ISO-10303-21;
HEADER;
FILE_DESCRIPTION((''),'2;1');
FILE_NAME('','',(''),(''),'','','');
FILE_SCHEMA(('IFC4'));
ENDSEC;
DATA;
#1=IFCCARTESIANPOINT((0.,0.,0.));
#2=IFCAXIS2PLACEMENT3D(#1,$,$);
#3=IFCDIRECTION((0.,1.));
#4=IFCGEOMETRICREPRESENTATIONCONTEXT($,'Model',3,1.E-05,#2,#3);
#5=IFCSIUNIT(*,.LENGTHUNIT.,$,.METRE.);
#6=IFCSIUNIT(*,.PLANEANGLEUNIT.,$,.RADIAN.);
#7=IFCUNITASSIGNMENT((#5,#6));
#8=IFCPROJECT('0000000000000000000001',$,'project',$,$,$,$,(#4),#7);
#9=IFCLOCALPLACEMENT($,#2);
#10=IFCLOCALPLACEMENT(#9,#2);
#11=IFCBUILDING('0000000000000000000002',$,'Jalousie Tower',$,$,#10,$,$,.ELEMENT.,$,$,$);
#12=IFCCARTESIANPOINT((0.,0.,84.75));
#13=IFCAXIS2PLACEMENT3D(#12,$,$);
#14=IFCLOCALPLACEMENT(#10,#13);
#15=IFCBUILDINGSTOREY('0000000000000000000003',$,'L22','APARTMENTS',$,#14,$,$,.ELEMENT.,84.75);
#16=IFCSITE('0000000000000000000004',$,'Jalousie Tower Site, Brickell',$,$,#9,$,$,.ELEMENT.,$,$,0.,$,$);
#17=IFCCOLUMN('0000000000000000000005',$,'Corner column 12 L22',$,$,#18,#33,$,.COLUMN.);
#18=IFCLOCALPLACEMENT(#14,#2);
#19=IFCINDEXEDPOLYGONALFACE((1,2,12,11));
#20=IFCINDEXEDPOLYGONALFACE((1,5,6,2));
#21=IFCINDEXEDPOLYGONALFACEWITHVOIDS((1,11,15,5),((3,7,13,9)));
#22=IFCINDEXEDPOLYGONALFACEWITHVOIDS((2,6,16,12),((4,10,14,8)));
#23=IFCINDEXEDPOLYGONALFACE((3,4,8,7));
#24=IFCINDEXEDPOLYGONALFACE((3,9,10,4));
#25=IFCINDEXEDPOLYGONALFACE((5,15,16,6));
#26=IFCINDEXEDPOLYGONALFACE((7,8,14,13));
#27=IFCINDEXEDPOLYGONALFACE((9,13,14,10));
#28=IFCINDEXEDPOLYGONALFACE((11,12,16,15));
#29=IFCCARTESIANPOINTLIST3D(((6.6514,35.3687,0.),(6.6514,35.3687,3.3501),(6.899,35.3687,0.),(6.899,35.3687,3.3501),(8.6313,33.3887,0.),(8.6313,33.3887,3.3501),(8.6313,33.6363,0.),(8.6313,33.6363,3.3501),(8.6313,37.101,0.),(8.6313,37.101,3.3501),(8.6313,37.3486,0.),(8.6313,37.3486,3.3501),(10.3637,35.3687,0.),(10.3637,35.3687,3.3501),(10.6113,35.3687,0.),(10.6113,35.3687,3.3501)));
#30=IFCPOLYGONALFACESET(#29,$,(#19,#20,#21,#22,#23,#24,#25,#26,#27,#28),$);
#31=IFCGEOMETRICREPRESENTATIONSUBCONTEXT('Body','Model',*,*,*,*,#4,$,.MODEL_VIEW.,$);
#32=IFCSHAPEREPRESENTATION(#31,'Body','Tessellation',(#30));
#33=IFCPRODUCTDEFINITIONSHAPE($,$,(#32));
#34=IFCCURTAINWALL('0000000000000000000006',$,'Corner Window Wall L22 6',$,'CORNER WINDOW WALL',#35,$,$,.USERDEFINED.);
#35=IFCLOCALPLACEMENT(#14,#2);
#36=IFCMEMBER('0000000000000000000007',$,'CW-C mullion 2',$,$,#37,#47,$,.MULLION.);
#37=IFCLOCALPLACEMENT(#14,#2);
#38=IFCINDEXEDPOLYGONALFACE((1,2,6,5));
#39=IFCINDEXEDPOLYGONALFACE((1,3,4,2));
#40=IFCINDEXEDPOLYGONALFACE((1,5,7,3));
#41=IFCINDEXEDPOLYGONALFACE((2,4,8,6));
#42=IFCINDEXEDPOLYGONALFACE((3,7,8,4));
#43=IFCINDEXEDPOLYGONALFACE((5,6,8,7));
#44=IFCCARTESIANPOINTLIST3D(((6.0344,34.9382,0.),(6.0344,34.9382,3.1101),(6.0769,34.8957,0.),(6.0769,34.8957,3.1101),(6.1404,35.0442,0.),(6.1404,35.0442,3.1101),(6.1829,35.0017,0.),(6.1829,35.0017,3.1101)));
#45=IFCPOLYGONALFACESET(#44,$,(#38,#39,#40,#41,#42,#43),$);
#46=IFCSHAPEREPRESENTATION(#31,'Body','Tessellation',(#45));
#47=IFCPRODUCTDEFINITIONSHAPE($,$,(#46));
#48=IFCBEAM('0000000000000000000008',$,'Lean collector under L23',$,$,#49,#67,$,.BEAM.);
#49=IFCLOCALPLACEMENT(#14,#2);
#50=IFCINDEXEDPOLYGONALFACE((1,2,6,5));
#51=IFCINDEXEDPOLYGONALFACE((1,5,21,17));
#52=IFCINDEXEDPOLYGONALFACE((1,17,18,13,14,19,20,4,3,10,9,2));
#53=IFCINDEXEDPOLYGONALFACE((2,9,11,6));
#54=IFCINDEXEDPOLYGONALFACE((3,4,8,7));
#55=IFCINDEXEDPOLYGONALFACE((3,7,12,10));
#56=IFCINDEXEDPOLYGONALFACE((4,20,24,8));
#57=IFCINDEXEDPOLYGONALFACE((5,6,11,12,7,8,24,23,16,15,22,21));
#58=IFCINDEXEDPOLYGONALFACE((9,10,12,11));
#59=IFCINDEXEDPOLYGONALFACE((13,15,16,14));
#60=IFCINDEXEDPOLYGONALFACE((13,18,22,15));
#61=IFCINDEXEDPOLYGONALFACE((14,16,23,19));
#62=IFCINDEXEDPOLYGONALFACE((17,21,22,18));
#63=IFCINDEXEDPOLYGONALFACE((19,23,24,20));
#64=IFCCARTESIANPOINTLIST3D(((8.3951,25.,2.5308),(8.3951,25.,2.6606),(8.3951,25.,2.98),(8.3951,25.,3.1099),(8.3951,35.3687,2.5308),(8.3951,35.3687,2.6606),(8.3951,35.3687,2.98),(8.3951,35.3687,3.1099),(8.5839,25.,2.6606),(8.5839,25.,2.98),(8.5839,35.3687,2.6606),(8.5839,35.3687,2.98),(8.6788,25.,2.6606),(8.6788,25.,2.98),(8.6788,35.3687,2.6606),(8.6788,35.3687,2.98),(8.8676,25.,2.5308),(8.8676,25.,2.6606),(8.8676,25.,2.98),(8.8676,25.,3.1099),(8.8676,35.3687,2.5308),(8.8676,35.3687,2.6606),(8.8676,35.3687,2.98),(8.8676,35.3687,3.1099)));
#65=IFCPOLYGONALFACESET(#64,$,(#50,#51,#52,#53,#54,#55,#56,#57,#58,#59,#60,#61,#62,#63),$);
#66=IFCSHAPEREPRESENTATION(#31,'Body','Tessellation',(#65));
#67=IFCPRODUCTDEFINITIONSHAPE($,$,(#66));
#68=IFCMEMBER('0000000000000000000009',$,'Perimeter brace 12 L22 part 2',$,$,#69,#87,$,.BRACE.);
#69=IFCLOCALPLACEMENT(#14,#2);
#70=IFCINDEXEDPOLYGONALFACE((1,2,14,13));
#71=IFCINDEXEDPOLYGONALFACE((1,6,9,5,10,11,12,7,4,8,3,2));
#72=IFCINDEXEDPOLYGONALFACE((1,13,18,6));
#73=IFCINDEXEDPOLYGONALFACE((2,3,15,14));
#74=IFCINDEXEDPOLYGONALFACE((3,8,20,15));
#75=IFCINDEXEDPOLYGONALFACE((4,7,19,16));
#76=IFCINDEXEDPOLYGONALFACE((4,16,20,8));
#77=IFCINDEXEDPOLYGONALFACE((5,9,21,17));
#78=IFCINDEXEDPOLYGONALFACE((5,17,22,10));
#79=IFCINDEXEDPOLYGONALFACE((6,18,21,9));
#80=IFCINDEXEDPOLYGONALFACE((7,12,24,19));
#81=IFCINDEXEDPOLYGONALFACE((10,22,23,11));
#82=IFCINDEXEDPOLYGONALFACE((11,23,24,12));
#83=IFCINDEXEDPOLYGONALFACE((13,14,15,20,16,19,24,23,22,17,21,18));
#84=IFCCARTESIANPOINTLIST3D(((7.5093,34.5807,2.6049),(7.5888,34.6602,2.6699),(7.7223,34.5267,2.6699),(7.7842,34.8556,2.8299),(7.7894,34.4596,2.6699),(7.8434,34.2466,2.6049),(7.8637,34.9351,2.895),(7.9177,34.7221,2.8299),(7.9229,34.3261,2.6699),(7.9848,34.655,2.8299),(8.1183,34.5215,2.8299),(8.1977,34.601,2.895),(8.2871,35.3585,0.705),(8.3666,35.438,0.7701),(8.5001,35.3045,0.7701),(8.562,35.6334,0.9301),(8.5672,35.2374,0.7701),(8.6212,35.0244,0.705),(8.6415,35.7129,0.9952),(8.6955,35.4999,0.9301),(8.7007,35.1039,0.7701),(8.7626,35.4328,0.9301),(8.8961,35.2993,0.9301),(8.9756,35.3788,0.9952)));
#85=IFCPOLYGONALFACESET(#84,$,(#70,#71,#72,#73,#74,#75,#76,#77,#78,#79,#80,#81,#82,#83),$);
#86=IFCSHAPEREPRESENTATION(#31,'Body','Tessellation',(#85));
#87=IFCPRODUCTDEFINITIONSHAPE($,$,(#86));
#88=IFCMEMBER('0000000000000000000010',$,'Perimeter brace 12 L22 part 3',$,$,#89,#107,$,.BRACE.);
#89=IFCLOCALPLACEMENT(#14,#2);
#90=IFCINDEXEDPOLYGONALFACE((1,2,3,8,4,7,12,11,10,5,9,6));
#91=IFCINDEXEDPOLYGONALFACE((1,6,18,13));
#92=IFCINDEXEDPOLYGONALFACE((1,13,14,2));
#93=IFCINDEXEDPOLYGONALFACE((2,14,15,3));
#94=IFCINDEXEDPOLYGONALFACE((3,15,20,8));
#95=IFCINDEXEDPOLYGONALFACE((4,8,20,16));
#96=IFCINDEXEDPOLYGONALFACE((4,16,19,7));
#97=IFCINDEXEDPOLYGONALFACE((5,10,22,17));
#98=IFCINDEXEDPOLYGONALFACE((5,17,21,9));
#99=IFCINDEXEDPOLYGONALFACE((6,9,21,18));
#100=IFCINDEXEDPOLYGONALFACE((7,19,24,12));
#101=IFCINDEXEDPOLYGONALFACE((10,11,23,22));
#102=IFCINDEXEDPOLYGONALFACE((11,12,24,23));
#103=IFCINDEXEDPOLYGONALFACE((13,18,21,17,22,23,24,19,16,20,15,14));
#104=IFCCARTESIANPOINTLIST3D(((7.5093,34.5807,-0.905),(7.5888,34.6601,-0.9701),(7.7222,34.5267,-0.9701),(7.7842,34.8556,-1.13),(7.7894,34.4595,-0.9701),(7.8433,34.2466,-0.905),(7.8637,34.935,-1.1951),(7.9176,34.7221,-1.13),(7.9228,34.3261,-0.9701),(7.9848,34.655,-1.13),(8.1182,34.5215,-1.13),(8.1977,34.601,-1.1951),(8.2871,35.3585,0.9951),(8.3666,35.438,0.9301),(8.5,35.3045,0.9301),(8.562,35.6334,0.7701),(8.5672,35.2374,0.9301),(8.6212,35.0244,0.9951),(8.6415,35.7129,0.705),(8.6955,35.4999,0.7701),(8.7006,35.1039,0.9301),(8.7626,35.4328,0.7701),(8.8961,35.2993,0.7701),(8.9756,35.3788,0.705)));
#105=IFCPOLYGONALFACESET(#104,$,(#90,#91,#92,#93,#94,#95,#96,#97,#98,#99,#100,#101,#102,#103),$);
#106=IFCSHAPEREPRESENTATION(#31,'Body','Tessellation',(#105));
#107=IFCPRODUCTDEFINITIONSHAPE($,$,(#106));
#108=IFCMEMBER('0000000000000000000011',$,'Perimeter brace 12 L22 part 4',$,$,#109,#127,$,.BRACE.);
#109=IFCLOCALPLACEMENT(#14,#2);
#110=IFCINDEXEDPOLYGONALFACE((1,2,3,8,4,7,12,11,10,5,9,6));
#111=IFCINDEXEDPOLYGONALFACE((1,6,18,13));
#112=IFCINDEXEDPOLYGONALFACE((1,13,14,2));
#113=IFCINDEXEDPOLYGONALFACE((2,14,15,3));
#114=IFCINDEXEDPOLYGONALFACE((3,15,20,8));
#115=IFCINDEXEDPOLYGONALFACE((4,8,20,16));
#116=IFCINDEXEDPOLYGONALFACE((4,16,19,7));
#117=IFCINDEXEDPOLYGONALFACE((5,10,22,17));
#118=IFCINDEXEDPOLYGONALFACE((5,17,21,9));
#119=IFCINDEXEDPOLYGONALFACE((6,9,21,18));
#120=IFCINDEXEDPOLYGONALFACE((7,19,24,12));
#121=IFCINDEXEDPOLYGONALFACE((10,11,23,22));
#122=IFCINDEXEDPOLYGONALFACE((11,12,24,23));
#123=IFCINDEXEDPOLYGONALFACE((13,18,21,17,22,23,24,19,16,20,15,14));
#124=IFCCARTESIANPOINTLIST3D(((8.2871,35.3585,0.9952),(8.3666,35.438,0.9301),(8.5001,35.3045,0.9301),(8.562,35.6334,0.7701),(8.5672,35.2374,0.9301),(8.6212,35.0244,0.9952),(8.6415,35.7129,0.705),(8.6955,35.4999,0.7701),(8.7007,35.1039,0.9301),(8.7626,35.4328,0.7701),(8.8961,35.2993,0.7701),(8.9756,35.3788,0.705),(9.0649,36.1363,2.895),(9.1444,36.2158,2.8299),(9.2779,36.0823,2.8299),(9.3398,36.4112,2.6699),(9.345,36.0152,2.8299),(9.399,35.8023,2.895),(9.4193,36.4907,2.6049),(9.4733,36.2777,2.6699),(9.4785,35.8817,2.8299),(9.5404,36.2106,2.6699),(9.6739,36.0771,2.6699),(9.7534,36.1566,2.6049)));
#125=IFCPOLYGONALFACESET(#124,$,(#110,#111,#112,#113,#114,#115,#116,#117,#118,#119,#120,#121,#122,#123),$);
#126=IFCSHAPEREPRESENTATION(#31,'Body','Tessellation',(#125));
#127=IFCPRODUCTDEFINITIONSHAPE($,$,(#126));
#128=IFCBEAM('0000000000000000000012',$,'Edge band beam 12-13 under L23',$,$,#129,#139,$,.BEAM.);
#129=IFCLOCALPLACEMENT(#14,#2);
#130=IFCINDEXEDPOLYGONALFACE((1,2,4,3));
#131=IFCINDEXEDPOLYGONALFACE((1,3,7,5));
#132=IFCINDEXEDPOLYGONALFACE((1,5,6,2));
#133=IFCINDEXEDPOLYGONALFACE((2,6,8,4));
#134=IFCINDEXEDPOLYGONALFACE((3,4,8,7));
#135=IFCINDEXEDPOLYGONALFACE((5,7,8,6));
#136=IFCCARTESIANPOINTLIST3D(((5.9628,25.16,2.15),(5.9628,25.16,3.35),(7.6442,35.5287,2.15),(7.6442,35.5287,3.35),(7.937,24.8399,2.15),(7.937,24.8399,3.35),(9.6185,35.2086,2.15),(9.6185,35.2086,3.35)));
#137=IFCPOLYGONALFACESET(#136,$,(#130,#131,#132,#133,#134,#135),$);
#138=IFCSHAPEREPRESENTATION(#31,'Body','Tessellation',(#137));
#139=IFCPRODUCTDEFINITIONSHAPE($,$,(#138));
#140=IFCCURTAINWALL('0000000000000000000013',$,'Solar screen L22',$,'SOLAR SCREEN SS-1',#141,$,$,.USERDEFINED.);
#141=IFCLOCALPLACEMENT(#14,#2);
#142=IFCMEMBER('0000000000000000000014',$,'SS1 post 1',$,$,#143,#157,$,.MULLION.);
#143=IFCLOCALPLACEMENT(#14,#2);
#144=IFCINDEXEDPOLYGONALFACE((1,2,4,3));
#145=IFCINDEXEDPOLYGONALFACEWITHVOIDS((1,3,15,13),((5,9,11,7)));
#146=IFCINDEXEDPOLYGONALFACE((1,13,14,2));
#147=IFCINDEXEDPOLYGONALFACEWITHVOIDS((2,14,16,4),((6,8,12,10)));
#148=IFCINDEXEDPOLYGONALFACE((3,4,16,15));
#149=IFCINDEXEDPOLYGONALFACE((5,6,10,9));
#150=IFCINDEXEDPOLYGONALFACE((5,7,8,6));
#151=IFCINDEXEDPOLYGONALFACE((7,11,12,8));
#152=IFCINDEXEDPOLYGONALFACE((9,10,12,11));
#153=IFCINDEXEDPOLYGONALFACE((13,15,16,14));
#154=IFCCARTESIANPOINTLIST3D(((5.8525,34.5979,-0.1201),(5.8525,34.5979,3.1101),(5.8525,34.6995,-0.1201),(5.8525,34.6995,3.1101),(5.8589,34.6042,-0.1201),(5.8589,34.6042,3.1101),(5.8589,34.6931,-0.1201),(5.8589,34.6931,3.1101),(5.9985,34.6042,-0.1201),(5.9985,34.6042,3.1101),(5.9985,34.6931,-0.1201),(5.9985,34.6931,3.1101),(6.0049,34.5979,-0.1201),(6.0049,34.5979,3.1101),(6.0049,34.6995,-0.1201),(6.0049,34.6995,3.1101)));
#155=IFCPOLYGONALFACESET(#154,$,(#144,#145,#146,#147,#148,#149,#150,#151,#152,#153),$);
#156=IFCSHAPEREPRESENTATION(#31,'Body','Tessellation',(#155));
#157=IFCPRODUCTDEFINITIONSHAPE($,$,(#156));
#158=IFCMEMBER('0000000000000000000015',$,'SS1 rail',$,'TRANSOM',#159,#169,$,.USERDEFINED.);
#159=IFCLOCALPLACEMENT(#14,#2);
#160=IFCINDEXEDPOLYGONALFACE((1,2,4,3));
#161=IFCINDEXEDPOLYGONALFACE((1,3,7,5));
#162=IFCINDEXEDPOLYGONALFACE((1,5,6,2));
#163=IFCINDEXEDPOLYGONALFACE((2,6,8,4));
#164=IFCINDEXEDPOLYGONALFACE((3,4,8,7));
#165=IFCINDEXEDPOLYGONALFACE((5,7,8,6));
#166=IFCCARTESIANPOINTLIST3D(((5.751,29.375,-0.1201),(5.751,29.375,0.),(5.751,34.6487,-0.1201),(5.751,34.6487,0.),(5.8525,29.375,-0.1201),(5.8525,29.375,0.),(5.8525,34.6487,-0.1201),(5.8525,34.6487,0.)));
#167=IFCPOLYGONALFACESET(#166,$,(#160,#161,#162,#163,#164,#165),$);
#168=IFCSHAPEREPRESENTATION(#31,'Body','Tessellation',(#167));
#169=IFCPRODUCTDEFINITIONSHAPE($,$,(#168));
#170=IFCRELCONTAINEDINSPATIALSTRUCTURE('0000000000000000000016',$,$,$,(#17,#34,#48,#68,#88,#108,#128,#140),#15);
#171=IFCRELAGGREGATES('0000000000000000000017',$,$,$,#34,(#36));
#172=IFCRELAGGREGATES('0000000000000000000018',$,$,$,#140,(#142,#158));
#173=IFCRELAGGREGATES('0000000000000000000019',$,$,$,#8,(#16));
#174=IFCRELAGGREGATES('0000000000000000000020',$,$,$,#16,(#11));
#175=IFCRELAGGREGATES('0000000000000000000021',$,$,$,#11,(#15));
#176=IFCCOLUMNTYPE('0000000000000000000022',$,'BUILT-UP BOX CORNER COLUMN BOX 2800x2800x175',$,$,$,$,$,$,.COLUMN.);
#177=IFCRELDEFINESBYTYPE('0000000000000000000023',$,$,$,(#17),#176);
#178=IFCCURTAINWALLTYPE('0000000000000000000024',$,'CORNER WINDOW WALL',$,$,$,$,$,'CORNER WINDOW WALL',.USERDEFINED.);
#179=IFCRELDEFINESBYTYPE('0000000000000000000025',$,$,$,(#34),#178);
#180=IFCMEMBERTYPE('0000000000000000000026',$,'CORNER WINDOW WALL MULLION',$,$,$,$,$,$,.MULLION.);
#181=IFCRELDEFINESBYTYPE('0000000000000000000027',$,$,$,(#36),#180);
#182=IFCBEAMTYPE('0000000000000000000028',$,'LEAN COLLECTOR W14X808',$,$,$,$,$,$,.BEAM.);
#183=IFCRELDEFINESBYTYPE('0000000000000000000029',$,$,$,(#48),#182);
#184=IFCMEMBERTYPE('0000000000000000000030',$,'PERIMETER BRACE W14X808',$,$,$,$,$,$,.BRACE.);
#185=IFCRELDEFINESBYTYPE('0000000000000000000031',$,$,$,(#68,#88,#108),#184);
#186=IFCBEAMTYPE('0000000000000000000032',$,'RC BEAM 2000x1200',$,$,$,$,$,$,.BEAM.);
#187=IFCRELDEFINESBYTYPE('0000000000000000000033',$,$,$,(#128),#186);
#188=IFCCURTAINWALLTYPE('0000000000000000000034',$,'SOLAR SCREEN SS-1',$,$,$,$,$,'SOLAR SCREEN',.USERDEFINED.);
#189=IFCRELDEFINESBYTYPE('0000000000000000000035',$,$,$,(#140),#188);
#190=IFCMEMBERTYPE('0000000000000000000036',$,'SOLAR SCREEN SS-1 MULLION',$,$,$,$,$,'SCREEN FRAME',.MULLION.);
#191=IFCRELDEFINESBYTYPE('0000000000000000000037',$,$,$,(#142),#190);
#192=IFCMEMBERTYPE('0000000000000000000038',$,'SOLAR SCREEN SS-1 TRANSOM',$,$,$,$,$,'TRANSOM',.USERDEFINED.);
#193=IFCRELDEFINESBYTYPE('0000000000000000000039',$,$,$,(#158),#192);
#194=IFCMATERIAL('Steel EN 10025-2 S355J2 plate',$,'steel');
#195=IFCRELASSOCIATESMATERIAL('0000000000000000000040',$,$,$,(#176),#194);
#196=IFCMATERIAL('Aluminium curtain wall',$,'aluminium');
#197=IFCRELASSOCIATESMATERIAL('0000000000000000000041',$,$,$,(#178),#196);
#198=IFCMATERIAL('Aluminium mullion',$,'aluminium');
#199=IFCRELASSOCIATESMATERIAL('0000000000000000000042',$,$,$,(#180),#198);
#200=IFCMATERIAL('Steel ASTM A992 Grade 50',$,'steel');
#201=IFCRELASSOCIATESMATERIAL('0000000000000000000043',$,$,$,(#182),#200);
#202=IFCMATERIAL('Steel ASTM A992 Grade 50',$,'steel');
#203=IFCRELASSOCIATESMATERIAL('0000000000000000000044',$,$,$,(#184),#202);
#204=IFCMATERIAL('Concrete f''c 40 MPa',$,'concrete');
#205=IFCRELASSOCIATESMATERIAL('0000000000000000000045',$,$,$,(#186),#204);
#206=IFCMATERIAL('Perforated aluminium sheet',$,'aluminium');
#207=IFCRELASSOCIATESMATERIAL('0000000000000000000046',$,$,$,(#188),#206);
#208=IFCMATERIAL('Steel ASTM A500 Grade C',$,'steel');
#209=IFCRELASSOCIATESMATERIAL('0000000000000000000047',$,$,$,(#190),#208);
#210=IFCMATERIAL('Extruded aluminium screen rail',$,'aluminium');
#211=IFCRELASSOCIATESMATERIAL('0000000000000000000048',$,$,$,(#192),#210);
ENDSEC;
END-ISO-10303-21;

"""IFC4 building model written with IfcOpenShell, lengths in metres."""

from ifc_helpers import new_model, si_unit, direction, frame, origin, origin_2d, place, context, subcontext, project, spatial, rectangle, hollow_rectangle, i_section, extrude, material, material_profile, profile_set, type_object, element, aggregate, save


model = new_model("IFC4")

# Units and contexts
model_context = context("Model", 3, precision=1e-05, world=origin(), true_north=direction((0.0, 1.0)))
body_context = subcontext(model_context, "Body", "Model", "MODEL_VIEW")
ifc_project = project(units=[si_unit("LENGTHUNIT", "METRE"), si_unit("PLANEANGLEUNIT", "RADIAN")], contexts=[model_context])

# Site, building, storey
site_placement = place(None, origin())
site = spatial("IfcSite", under=ifc_project, at=site_placement, Name="Jalousie Tower Site, Brickell", CompositionType="ELEMENT", RefElevation=0.0)
building_placement = place(site_placement, origin())
building = spatial("IfcBuilding", under=site, at=building_placement, Name="Jalousie Tower", CompositionType="ELEMENT")
storey_placement = place(building_placement, frame((0.0, 0.0, 84.75)))
storey = spatial("IfcBuildingStorey", under=building, at=storey_placement, Name="L22", Description="APARTMENTS", CompositionType="ELEMENT", Elevation=84.75)

# Column
ifc_material_1 = material(Name="Steel EN 10025-2 S355J2 plate", Category="steel")
ifc_material_profile_1 = material_profile(ifc_material_1, hollow_rectangle(XDim=2.8, YDim=2.8, WallThickness=0.175, at=origin_2d()), Name="BOX 2800x2800x175")
ifc_profile_set_1 = profile_set([ifc_material_profile_1], Name="Steel EN 10025-2 S355J2 plate")
column_type = type_object("IfcColumnType", Name="BUILT-UP BOX CORNER COLUMN BOX 2800x2800x175", PredefinedType="COLUMN", material=ifc_profile_set_1)
column_placement = place(storey_placement, frame((8.6313, 35.3687, 0.0), z_axis=(0.0, 0.0, 1.0), x_axis=(0.707107, -0.707107, 0.0)))
element("IfcColumn", 1, at=column_placement, inside=storey, type_object=column_type, Name="Corner column 12 L22", PredefinedType="COLUMN", context=body_context, shape_type="SweptSolid", body=[
    extrude(hollow_rectangle(XDim=2.8, YDim=2.8, WallThickness=0.175, at=origin_2d()), origin(), (0.0, 0.0, 1.0), 3.3501),
])

# Curtain wall, member
ifc_material_2 = material(Name="Aluminium curtain wall", Category="aluminium")
curtain_wall_type_1 = type_object("IfcCurtainWallType", Name="CORNER WINDOW WALL", ElementType="CORNER WINDOW WALL", PredefinedType="USERDEFINED", material=ifc_material_2)
curtain_wall_1_placement = place(storey_placement, origin())
curtain_wall_1 = element("IfcCurtainWall", 2, at=curtain_wall_1_placement, inside=storey, type_object=curtain_wall_type_1, Name="Corner Window Wall L22 6", ObjectType="CORNER WINDOW WALL", PredefinedType="USERDEFINED")
ifc_material_3 = material(Name="Aluminium mullion", Category="aluminium")
ifc_material_profile_2 = material_profile(ifc_material_3, rectangle(XDim=0.0601, YDim=0.1499, at=origin_2d()), Name="MULLION 60x150")
ifc_profile_set_2 = profile_set([ifc_material_profile_2], Name="Aluminium mullion")
member_type_1 = type_object("IfcMemberType", Name="CORNER WINDOW WALL MULLION", PredefinedType="MULLION", material=ifc_profile_set_2)
member_1_placement = place(storey_placement, frame((6.1086, 34.97, 0.0), z_axis=(0.0, 0.0, 1.0), x_axis=(0.707107, -0.707107, 0.0)))
member_1 = element("IfcMember", 3, at=member_1_placement, type_object=member_type_1, Name="CW-C mullion 2", PredefinedType="MULLION", context=body_context, shape_type="SweptSolid", body=[
    extrude(rectangle(XDim=0.0601, YDim=0.1499, at=origin_2d()), origin(), (0.0, 0.0, 1.0), 3.1101),
])

# Beam
ifc_material_4 = material(Name="Steel ASTM A992 Grade 50", Category="steel")
ifc_material_profile_3 = material_profile(ifc_material_4, i_section(OverallWidth=0.4724, OverallDepth=0.5791, WebThickness=0.095, FlangeThickness=0.1299, at=origin_2d()), Name="W14X808")
ifc_profile_set_3 = profile_set([ifc_material_profile_3], Name="Steel ASTM A992 Grade 50")
beam_type_1 = type_object("IfcBeamType", Name="LEAN COLLECTOR W14X808", PredefinedType="BEAM", material=ifc_profile_set_3)
beam_1_placement = place(storey_placement, frame((8.6313, 35.3687, 2.8203), z_axis=(0.0, -1.0, 0.0), x_axis=(1.0, 0.0, 0.0)))
element("IfcBeam", 4, at=beam_1_placement, inside=storey, type_object=beam_type_1, Name="Lean collector under L23", PredefinedType="BEAM", context=body_context, shape_type="SweptSolid", body=[
    extrude(i_section(OverallWidth=0.4724, OverallDepth=0.5791, WebThickness=0.095, FlangeThickness=0.1299, at=origin_2d()), origin(), (0.0, 0.0, 1.0), 10.3687),
])

# Members
ifc_material_5 = material(Name="Steel ASTM A992 Grade 50", Category="steel")
ifc_material_profile_4 = material_profile(ifc_material_5, i_section(OverallWidth=0.4724, OverallDepth=0.5791, WebThickness=0.095, FlangeThickness=0.1299, at=origin_2d()), Name="W14X808")
ifc_profile_set_4 = profile_set([ifc_material_profile_4], Name="Steel ASTM A992 Grade 50")
member_type_2 = type_object("IfcMemberType", Name="PERIMETER BRACE W14X808", PredefinedType="BRACE", material=ifc_profile_set_4)
member_2_placement = place(storey_placement, frame((8.6313, 35.3687, 0.8501), z_axis=(-0.354305, -0.354305, 0.865411), x_axis=(0.707107, -0.707107, 0.0)))
element("IfcMember", 5, at=member_2_placement, inside=storey, type_object=member_type_2, Name="Perimeter brace 12 L22 part 2", PredefinedType="BRACE", context=body_context, shape_type="SweptSolid", body=[
    extrude(i_section(OverallWidth=0.4724, OverallDepth=0.5791, WebThickness=0.095, FlangeThickness=0.1299, at=origin_2d()), origin(), (0.0, 0.0, 1.0), 2.1953),
])
member_3_placement = place(storey_placement, frame((7.8535, 34.5908, -1.05), z_axis=(0.354271, 0.354271, 0.865439), x_axis=(-0.707107, 0.707107, 0.0)))
element("IfcMember", 6, at=member_3_placement, inside=storey, type_object=member_type_2, Name="Perimeter brace 12 L22 part 3", PredefinedType="BRACE", context=body_context, shape_type="SweptSolid", body=[
    extrude(i_section(OverallWidth=0.4724, OverallDepth=0.5791, WebThickness=0.095, FlangeThickness=0.1299, at=origin_2d()), origin(), (0.0, 0.0, 1.0), 2.1956),
])
member_4_placement = place(storey_placement, frame((8.6313, 35.3687, 0.8501), z_axis=(0.354305, 0.354305, 0.865411), x_axis=(-0.707107, 0.707107, 0.0)))
element("IfcMember", 7, at=member_4_placement, inside=storey, type_object=member_type_2, Name="Perimeter brace 12 L22 part 4", PredefinedType="BRACE", context=body_context, shape_type="SweptSolid", body=[
    extrude(i_section(OverallWidth=0.4724, OverallDepth=0.5791, WebThickness=0.095, FlangeThickness=0.1299, at=origin_2d()), origin(), (0.0, 0.0, 1.0), 2.1953),
])

# Beam
ifc_material_6 = material(Name="Concrete f'c 40 MPa", Category="concrete")
ifc_material_profile_5 = material_profile(ifc_material_6, rectangle(XDim=2.0, YDim=1.2, at=origin_2d()), Name="RC 2000x1200")
ifc_profile_set_5 = profile_set([ifc_material_profile_5], Name="Concrete f'c 40 MPa")
beam_type_2 = type_object("IfcBeamType", Name="RC BEAM 2000x1200", PredefinedType="BEAM", material=ifc_profile_set_5)
beam_2_placement = place(storey_placement, frame((8.6313, 35.3687, 2.75), z_axis=(-0.160071, -0.987106, 0.0), x_axis=(0.987106, -0.160071, 0.0)))
element("IfcBeam", 8, at=beam_2_placement, inside=storey, type_object=beam_type_2, Name="Edge band beam 12-13 under L23", PredefinedType="BEAM", context=body_context, shape_type="SweptSolid", body=[
    extrude(rectangle(XDim=2.0, YDim=1.2, at=origin_2d()), origin(), (0.0, 0.0, 1.0), 10.5042),
])

# Curtain wall, members
ifc_material_7 = material(Name="Perforated aluminium sheet", Category="aluminium")
curtain_wall_type_2 = type_object("IfcCurtainWallType", Name="SOLAR SCREEN SS-1", ElementType="SOLAR SCREEN", PredefinedType="USERDEFINED", material=ifc_material_7)
curtain_wall_2_placement = place(storey_placement, origin())
curtain_wall_2 = element("IfcCurtainWall", 9, at=curtain_wall_2_placement, inside=storey, type_object=curtain_wall_type_2, Name="Solar screen L22", ObjectType="SOLAR SCREEN SS-1", PredefinedType="USERDEFINED")
ifc_material_8 = material(Name="Steel ASTM A500 Grade C", Category="steel")
ifc_material_profile_6 = material_profile(ifc_material_8, hollow_rectangle(XDim=0.1016, YDim=0.1523, WallThickness=0.0063, at=origin_2d()), Name="HSS6X4X1/4")
ifc_profile_set_6 = profile_set([ifc_material_profile_6], Name="Steel ASTM A500 Grade C")
member_type_3 = type_object("IfcMemberType", Name="SOLAR SCREEN SS-1 MULLION", ElementType="SCREEN FRAME", PredefinedType="MULLION", material=ifc_profile_set_6)
member_5_placement = place(storey_placement, frame((5.9287, 34.6487, -0.1201), z_axis=(0.0, 0.0, 1.0), x_axis=(0.0, -1.0, 0.0)))
member_5 = element("IfcMember", 10, at=member_5_placement, type_object=member_type_3, Name="SS1 post 1", PredefinedType="MULLION", context=body_context, shape_type="SweptSolid", body=[
    extrude(hollow_rectangle(XDim=0.1016, YDim=0.1523, WallThickness=0.0063, at=origin_2d()), origin(), (0.0, 0.0, 1.0), 3.2302),
])
ifc_material_9 = material(Name="Extruded aluminium screen rail", Category="aluminium")
ifc_material_profile_7 = material_profile(ifc_material_9, rectangle(XDim=0.1016, YDim=0.1201, at=origin_2d()), Name="RAIL 102x120")
ifc_profile_set_7 = profile_set([ifc_material_profile_7], Name="Extruded aluminium screen rail")
member_type_4 = type_object("IfcMemberType", Name="SOLAR SCREEN SS-1 TRANSOM", ElementType="TRANSOM", PredefinedType="USERDEFINED", material=ifc_profile_set_7)
member_6_placement = place(storey_placement, frame((5.8018, 34.6487, -0.0601), z_axis=(0.0, -1.0, 0.0), x_axis=(1.0, 0.0, 0.0)))
member_6 = element("IfcMember", 11, at=member_6_placement, type_object=member_type_4, Name="SS1 rail", ObjectType="TRANSOM", PredefinedType="USERDEFINED", context=body_context, shape_type="SweptSolid", body=[
    extrude(rectangle(XDim=0.1016, YDim=0.1201, at=origin_2d()), origin(), (0.0, 0.0, 1.0), 5.2737),
])

aggregate(curtain_wall_1, [member_1])
aggregate(curtain_wall_2, [member_5, member_6])

save(model, "model.ifc")
